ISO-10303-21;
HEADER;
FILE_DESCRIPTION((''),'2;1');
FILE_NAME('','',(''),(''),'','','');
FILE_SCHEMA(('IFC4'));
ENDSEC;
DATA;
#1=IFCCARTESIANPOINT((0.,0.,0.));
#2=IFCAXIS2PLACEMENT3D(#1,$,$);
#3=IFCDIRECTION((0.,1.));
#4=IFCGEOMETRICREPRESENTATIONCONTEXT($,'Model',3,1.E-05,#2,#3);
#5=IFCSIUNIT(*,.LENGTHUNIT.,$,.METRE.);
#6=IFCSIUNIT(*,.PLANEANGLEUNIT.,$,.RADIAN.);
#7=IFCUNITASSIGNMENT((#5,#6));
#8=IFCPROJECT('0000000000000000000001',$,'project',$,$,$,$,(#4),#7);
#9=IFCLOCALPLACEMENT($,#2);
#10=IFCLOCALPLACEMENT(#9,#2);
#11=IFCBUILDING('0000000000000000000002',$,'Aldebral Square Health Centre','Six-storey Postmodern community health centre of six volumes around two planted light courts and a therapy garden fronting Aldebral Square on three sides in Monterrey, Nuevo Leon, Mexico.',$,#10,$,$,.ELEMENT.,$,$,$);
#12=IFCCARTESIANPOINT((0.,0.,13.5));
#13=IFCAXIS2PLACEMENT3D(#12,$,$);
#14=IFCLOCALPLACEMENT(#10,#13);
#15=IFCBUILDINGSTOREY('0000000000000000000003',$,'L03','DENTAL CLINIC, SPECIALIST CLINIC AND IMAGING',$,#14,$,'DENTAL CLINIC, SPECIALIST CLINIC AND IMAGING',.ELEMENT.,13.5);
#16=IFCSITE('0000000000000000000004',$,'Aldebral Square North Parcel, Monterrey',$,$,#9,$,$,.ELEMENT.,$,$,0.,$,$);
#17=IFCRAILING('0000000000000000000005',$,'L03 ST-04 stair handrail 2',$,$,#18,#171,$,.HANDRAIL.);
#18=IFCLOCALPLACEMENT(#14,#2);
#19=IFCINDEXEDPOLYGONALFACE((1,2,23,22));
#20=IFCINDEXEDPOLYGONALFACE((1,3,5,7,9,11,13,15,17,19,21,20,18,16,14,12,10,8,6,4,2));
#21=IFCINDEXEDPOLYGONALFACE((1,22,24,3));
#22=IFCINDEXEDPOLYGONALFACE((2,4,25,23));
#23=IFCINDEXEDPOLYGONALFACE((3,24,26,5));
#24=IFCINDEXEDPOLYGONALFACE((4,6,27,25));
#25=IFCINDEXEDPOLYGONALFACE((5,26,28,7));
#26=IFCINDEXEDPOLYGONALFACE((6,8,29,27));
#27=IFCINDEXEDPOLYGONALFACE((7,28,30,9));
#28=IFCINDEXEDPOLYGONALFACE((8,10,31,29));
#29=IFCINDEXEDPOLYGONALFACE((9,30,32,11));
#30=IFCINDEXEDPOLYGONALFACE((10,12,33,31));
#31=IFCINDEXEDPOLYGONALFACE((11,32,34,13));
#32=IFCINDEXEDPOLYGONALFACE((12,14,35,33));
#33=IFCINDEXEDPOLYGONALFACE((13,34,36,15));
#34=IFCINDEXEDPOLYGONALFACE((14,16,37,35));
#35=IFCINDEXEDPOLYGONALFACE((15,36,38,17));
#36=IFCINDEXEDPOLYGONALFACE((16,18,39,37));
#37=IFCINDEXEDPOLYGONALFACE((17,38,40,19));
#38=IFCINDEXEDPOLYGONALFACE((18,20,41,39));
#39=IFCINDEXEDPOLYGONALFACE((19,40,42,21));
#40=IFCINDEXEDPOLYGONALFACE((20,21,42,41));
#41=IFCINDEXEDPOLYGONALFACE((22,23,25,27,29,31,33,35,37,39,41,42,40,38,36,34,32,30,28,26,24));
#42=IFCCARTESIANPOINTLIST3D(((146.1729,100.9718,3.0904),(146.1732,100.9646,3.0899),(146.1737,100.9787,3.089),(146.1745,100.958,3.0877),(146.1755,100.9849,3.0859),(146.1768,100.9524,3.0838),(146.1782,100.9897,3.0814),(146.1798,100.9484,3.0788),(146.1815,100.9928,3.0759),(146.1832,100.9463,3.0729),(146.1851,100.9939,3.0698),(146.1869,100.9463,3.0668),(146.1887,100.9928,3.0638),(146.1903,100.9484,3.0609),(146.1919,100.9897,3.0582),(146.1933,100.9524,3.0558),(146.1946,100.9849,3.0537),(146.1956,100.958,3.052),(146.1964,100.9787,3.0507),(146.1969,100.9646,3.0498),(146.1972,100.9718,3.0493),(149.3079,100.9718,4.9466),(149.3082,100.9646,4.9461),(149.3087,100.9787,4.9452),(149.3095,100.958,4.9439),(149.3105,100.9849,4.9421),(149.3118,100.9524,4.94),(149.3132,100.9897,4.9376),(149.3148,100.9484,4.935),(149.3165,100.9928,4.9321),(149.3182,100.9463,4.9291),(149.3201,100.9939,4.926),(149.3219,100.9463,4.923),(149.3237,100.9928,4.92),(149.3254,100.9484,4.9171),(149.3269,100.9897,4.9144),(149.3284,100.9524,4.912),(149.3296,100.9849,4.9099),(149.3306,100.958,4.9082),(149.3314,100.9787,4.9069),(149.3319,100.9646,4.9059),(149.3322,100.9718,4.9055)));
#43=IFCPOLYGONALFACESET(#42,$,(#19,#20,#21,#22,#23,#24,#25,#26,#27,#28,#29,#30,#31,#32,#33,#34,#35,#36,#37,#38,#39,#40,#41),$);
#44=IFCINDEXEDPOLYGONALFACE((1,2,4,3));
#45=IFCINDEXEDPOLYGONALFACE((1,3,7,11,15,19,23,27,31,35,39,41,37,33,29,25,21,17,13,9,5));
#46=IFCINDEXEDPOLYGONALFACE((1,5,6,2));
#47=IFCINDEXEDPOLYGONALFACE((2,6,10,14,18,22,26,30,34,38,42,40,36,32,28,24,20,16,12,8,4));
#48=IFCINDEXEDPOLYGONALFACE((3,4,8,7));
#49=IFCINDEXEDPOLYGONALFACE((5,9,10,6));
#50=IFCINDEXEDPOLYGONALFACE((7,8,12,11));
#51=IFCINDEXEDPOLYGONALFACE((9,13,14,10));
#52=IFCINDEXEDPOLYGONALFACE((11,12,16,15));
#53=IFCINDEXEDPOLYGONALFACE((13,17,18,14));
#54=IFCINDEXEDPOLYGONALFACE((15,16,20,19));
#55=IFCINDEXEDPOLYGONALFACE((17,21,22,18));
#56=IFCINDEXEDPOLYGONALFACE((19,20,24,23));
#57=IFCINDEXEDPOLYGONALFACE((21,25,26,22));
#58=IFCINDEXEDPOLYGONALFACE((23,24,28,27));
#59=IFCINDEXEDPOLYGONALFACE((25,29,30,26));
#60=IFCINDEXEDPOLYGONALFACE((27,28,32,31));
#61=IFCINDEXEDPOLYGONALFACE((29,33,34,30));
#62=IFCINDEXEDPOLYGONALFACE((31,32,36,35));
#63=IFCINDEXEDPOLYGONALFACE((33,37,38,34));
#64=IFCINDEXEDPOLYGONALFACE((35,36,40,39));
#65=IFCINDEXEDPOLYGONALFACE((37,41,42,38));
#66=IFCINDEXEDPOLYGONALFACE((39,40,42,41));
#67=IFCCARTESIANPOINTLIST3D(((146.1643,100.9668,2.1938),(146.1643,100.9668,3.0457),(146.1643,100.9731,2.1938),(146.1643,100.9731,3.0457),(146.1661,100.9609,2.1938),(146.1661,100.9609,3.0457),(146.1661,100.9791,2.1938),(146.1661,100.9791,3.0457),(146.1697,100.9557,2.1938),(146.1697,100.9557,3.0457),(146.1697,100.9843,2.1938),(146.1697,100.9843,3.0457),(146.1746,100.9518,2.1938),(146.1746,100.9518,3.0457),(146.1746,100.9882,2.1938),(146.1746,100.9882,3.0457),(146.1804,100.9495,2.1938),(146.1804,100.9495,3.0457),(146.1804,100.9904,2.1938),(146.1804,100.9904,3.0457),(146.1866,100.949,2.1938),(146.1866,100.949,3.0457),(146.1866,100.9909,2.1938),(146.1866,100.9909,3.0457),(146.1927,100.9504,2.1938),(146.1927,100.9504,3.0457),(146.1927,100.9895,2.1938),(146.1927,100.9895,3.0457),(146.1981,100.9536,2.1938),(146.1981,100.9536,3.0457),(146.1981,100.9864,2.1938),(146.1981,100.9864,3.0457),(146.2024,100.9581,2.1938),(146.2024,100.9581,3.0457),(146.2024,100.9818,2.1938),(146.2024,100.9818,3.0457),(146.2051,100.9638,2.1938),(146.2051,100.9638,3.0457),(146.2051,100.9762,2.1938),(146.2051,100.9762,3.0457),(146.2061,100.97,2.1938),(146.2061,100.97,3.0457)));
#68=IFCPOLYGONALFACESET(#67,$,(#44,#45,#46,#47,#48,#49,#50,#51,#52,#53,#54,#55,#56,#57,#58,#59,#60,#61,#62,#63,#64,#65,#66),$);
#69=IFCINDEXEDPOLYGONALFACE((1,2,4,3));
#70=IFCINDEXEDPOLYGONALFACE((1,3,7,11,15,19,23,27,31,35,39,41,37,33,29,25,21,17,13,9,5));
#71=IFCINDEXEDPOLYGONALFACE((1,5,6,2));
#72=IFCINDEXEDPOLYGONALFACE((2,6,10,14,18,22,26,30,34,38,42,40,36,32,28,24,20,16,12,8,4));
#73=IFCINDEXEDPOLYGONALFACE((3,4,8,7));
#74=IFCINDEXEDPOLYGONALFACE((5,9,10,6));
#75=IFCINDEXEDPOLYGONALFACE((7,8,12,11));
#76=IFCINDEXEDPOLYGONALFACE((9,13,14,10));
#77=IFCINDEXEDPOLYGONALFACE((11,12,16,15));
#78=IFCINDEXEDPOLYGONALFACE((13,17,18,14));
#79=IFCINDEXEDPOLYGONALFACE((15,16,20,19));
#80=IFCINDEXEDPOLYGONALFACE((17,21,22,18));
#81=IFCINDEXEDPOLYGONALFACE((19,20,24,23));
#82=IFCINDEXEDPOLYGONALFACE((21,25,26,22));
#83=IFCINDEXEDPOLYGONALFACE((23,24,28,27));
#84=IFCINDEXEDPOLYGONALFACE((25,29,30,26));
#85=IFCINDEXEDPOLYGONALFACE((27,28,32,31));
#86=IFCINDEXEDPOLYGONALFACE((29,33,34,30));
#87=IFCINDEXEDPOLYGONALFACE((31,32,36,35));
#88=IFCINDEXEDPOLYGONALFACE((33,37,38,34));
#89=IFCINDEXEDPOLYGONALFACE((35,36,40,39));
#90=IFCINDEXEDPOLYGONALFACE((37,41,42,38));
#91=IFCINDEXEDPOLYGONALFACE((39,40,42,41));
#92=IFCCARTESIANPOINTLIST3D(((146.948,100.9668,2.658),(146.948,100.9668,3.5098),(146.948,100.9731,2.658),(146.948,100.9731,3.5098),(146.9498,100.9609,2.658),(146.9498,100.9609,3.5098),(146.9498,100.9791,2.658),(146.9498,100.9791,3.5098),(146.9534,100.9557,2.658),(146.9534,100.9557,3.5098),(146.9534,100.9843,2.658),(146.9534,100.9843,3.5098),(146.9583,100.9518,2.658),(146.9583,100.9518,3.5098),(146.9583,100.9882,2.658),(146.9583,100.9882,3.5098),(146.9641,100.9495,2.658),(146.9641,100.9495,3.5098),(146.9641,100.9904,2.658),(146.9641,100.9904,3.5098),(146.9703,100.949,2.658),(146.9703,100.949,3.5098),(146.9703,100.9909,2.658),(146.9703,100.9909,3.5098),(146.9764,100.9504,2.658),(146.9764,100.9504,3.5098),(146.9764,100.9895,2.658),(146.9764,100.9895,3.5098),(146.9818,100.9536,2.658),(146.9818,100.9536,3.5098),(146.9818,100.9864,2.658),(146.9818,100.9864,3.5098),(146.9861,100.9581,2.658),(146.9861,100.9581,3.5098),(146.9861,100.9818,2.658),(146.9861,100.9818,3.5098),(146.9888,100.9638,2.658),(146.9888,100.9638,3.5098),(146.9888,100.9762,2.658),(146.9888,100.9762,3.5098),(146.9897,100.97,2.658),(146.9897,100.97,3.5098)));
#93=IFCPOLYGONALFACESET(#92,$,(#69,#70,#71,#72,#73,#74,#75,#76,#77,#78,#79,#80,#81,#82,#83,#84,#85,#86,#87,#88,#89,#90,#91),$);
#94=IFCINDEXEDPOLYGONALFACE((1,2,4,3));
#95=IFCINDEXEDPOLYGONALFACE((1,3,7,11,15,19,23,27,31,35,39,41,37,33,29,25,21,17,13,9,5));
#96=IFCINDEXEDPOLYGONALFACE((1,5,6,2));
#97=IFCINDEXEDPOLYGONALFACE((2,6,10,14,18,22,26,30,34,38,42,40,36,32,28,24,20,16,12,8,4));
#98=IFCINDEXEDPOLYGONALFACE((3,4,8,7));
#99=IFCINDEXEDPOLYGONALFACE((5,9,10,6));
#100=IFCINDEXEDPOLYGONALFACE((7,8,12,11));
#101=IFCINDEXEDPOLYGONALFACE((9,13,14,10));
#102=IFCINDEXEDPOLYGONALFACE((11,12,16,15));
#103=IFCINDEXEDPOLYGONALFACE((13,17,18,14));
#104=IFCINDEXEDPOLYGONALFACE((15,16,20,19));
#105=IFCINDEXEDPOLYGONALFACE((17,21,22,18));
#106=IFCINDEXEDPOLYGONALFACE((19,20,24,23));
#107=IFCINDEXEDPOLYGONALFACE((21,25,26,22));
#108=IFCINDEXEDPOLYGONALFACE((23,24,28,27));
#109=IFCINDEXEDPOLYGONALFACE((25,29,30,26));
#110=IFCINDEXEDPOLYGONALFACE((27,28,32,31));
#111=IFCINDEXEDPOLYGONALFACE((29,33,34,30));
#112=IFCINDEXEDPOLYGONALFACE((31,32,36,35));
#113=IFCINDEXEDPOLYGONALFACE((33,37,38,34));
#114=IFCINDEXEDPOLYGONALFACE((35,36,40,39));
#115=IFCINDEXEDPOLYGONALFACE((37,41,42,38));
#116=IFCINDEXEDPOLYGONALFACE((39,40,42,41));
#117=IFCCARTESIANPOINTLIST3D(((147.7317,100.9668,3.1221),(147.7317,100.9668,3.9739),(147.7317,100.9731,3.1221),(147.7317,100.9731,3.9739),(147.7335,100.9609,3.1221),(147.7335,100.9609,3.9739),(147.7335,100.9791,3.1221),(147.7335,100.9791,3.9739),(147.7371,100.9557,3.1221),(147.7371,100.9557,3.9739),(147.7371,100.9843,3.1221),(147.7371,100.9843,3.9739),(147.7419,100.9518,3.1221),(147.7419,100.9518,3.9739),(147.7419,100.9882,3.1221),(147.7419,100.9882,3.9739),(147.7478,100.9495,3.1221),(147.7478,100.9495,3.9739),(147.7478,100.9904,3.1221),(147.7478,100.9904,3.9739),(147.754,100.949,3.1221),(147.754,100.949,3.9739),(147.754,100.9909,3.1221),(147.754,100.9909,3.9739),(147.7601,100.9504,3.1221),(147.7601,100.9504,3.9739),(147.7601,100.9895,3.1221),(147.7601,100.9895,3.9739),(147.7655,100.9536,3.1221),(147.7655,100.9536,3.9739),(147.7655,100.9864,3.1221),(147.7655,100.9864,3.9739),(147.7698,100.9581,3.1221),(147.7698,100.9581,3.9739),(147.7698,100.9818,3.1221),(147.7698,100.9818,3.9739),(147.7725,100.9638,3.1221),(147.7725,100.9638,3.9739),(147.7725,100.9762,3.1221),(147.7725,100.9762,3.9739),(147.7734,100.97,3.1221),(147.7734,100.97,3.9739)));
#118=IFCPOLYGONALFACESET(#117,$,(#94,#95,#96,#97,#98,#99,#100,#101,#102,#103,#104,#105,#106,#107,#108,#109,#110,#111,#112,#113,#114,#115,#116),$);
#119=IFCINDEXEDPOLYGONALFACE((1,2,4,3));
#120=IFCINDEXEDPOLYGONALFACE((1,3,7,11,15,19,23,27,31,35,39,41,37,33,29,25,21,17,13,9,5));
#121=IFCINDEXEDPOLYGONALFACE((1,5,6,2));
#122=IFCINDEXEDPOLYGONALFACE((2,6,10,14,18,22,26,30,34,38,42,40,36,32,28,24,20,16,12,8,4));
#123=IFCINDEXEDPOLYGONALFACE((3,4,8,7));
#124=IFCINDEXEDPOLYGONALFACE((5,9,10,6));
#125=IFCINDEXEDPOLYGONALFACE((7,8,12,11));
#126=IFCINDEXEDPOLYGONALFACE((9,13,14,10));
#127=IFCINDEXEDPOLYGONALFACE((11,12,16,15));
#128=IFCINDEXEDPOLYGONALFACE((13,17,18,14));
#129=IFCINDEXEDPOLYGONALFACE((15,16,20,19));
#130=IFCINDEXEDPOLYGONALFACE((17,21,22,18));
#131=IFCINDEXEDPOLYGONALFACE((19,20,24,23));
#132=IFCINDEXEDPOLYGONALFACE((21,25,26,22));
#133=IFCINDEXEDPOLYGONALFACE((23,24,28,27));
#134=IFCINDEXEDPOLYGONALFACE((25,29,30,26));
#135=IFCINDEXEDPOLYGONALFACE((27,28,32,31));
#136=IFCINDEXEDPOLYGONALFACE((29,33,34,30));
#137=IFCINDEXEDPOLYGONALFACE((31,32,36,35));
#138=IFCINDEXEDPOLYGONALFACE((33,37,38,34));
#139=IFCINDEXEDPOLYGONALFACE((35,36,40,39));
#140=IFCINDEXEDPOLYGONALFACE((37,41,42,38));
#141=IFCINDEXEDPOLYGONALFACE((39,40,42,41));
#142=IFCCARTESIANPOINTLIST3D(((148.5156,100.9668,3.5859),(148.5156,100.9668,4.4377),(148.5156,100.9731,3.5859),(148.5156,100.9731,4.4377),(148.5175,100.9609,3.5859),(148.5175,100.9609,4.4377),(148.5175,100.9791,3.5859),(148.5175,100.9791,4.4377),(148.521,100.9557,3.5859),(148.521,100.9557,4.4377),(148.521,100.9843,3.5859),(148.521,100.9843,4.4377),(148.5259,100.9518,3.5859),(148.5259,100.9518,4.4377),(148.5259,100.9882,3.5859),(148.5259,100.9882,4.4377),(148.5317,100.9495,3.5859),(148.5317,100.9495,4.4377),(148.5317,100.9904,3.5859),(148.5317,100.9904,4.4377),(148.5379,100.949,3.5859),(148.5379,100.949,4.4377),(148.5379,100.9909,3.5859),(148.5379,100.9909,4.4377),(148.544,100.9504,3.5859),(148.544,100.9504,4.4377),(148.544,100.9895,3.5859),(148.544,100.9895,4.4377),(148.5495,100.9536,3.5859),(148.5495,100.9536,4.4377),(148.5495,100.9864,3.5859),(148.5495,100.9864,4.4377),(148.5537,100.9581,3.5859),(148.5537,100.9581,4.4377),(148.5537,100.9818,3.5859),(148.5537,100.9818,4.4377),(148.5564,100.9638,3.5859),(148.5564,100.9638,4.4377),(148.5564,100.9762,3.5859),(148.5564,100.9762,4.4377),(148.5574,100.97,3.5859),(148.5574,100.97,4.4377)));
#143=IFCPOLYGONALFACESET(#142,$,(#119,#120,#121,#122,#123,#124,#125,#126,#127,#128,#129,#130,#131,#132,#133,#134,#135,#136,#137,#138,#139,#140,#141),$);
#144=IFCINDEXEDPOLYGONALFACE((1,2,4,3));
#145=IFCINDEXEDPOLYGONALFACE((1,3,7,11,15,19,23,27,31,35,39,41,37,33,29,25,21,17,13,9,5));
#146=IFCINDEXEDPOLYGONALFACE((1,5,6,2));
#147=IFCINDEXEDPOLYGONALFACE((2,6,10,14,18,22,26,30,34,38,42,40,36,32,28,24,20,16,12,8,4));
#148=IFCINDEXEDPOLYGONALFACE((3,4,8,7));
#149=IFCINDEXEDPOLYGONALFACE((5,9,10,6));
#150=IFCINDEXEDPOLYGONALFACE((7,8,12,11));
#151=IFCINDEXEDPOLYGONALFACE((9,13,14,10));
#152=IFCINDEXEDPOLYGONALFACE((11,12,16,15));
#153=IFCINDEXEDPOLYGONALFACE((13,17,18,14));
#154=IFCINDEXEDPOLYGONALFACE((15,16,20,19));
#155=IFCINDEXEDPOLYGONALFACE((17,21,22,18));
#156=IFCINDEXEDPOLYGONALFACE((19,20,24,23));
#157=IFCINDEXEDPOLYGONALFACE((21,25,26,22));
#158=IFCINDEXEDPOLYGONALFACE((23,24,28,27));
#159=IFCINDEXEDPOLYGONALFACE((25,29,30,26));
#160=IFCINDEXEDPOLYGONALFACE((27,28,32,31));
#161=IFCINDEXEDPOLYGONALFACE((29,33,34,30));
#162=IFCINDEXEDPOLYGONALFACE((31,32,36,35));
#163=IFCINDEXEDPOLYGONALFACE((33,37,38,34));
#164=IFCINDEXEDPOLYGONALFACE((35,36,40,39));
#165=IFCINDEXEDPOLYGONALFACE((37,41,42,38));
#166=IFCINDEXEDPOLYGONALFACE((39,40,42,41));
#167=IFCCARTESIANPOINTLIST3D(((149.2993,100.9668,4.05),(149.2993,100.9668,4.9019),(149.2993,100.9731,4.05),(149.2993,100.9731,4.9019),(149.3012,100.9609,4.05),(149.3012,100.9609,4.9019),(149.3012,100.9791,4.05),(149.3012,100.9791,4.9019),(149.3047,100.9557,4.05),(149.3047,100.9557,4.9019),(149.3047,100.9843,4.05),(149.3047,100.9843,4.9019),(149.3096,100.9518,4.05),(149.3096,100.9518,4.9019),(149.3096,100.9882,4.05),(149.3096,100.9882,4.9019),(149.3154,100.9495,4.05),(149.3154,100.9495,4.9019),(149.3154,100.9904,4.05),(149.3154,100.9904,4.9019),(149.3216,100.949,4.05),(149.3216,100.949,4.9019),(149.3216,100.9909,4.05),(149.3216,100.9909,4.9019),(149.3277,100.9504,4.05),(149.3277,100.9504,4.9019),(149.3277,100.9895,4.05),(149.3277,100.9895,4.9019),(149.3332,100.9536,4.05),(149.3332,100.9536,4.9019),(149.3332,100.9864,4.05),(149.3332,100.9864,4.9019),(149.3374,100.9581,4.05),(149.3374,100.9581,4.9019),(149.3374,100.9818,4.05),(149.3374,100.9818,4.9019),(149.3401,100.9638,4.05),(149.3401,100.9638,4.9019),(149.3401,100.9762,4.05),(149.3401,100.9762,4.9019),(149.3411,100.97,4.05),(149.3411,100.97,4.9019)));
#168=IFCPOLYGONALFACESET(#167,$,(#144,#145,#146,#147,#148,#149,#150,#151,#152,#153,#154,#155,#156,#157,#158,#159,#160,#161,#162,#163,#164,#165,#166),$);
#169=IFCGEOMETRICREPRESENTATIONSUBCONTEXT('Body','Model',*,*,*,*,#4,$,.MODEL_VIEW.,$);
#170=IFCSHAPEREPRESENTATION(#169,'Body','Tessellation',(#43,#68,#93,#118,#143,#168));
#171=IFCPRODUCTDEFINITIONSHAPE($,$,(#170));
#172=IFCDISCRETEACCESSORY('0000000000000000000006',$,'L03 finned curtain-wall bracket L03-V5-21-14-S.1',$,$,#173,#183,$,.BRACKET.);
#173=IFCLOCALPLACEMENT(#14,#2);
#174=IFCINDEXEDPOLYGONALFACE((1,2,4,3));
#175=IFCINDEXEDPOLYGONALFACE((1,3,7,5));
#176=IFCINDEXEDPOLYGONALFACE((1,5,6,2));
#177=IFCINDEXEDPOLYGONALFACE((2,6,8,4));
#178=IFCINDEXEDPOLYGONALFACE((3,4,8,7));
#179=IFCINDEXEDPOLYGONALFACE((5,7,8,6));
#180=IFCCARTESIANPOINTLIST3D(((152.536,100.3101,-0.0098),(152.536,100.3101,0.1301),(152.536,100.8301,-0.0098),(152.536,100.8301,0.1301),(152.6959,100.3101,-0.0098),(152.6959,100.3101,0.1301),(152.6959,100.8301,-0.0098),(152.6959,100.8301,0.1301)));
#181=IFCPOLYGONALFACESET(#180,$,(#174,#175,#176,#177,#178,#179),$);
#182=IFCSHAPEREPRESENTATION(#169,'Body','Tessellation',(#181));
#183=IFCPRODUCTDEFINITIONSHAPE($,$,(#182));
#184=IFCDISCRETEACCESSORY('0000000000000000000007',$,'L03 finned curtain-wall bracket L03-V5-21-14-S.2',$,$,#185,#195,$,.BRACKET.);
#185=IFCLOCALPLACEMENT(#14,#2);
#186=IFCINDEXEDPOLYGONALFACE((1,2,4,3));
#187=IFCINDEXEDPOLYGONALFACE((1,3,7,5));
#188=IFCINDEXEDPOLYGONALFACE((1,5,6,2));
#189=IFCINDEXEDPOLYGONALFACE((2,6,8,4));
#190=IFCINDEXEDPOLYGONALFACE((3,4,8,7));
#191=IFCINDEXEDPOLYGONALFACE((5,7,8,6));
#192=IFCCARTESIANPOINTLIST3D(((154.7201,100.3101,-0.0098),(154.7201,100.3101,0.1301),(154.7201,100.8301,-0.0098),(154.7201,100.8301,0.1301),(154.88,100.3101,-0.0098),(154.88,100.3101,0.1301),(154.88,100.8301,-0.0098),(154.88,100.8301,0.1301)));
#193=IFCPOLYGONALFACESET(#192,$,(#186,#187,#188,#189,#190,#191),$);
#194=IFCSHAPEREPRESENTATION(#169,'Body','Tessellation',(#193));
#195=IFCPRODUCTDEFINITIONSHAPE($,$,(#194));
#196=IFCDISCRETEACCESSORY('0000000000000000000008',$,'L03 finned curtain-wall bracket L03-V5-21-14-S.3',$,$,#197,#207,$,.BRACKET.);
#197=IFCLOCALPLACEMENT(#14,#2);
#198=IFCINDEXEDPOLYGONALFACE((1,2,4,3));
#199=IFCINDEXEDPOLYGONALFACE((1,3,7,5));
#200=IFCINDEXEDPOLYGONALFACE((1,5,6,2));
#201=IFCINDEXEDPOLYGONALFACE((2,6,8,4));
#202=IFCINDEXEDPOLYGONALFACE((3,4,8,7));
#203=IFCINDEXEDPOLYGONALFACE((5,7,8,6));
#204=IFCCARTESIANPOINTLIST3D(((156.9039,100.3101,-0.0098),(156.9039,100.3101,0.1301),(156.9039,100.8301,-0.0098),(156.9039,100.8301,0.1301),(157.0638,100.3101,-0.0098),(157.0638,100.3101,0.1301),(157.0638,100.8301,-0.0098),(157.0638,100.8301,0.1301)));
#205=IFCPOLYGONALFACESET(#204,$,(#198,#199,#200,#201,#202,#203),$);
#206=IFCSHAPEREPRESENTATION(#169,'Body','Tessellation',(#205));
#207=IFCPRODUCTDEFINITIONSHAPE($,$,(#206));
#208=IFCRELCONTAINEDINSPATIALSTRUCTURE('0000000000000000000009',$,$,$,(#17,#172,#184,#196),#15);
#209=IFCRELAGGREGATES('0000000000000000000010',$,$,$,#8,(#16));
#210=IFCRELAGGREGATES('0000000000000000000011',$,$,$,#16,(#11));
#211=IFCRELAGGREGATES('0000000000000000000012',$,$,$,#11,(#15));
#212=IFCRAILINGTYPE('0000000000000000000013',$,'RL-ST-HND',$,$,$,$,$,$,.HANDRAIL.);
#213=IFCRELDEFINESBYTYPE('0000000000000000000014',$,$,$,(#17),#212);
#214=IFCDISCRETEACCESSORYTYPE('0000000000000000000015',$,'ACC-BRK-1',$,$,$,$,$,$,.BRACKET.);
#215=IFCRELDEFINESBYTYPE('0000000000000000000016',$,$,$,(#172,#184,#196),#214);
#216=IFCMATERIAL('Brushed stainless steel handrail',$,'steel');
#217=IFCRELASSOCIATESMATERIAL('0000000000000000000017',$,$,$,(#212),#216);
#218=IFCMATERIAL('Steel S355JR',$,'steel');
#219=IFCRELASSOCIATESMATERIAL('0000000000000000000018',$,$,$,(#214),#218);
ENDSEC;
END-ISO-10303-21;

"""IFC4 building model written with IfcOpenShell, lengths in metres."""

from ifc_helpers import new_model, si_unit, direction, frame, origin, origin_2d, place, context, subcontext, project, spatial, rectangle, circle, extrude, material, type_object, element, save


model = new_model("IFC4")

# Units and contexts
model_context = context("Model", 3, precision=1e-05, world=origin(), true_north=direction((0.0, 1.0)))
body_context = subcontext(model_context, "Body", "Model", "MODEL_VIEW")
ifc_project = project(units=[si_unit("LENGTHUNIT", "METRE"), si_unit("PLANEANGLEUNIT", "RADIAN")], contexts=[model_context])

# Site, building, storey
site_placement = place(None, origin())
site = spatial("IfcSite", under=ifc_project, at=site_placement, Name="Aldebral Square North Parcel, Monterrey", CompositionType="ELEMENT", RefElevation=0.0)
building_placement = place(site_placement, origin())
building = spatial("IfcBuilding", under=site, at=building_placement, Name="Aldebral Square Health Centre", Description="Six-storey Postmodern community health centre of six volumes around two planted light courts and a therapy garden fronting Aldebral Square on three sides in Monterrey, Nuevo Leon, Mexico.", CompositionType="ELEMENT")
storey_placement = place(building_placement, frame((0.0, 0.0, 13.5)))
storey = spatial("IfcBuildingStorey", under=building, at=storey_placement, Name="L03", Description="DENTAL CLINIC, SPECIALIST CLINIC AND IMAGING", LongName="DENTAL CLINIC, SPECIALIST CLINIC AND IMAGING", CompositionType="ELEMENT", Elevation=13.5)

# Railing
ifc_material_1 = material(Name="Brushed stainless steel handrail", Category="steel")
railing_type_1 = type_object("IfcRailingType", Name="RL-ST-HND", PredefinedType="HANDRAIL", material=ifc_material_1)
railing_1_placement = place(storey_placement, frame((146.1851, 100.97, 2.1938)))
element("IfcRailing", 1, at=railing_1_placement, inside=storey, type_object=railing_type_1, Name="L03 ST-04 stair handrail 2", PredefinedType="HANDRAIL", context=body_context, shape_type="SweptSolid", body=[
    extrude(circle(Radius=0.0239, at=origin_2d()), frame((0.0, 0.0, 0.876), z_axis=(0.860482, 0.0, 0.509481), x_axis=(0.0, 1.0, 0.0)), (0.0, 0.0, 1.0), 3.6433),
    extrude(circle(Radius=0.021, at=origin_2d()), origin(), (0.0, 0.0, 1.0), 0.8518),
    extrude(circle(Radius=0.021, at=origin_2d()), frame((0.7837, 0.0, 0.4641)), (0.0, 0.0, 1.0), 0.8518),
    extrude(circle(Radius=0.021, at=origin_2d()), frame((1.5674, 0.0, 0.9282)), (0.0, 0.0, 1.0), 0.8518),
    extrude(circle(Radius=0.021, at=origin_2d()), frame((2.3513, 0.0, 1.3921)), (0.0, 0.0, 1.0), 0.8518),
    extrude(circle(Radius=0.021, at=origin_2d()), frame((3.135, 0.0, 1.8562)), (0.0, 0.0, 1.0), 0.8518),
])

# Discrete accessories
ifc_material_2 = material(Name="Steel S355JR", Category="steel")
discrete_accessory_type = type_object("IfcDiscreteAccessoryType", Name="ACC-BRK-1", PredefinedType="BRACKET", material=ifc_material_2)
for number, where, z_axis, x_axis, name in (
    (2, (152.616, 100.5701, -0.0098), (0.0, 0.0, 1.0), (1.0, 0.0, 0.0), "L03 finned curtain-wall bracket L03-V5-21-14-S.1"),
    (3, (154.8, 100.5701, -0.0098), (0.0, 0.0, 1.0), (1.0, 0.0, 0.0), "L03 finned curtain-wall bracket L03-V5-21-14-S.2"),
    (4, (156.9839, 100.5701, -0.0098), (0.0, 0.0, 1.0), (1.0, 0.0, 0.0), "L03 finned curtain-wall bracket L03-V5-21-14-S.3"),
):
    element("IfcDiscreteAccessory", number, at=place(storey_placement, frame(where, z_axis=z_axis, x_axis=x_axis)), inside=storey, type_object=discrete_accessory_type, Name=name, PredefinedType="BRACKET", context=body_context, shape_type="SweptSolid", body=[
        extrude(rectangle(XDim=0.1599, YDim=0.52, at=origin_2d()), origin(), (0.0, 0.0, 1.0), 0.1399),
    ])

save(model, "model.ifc")
